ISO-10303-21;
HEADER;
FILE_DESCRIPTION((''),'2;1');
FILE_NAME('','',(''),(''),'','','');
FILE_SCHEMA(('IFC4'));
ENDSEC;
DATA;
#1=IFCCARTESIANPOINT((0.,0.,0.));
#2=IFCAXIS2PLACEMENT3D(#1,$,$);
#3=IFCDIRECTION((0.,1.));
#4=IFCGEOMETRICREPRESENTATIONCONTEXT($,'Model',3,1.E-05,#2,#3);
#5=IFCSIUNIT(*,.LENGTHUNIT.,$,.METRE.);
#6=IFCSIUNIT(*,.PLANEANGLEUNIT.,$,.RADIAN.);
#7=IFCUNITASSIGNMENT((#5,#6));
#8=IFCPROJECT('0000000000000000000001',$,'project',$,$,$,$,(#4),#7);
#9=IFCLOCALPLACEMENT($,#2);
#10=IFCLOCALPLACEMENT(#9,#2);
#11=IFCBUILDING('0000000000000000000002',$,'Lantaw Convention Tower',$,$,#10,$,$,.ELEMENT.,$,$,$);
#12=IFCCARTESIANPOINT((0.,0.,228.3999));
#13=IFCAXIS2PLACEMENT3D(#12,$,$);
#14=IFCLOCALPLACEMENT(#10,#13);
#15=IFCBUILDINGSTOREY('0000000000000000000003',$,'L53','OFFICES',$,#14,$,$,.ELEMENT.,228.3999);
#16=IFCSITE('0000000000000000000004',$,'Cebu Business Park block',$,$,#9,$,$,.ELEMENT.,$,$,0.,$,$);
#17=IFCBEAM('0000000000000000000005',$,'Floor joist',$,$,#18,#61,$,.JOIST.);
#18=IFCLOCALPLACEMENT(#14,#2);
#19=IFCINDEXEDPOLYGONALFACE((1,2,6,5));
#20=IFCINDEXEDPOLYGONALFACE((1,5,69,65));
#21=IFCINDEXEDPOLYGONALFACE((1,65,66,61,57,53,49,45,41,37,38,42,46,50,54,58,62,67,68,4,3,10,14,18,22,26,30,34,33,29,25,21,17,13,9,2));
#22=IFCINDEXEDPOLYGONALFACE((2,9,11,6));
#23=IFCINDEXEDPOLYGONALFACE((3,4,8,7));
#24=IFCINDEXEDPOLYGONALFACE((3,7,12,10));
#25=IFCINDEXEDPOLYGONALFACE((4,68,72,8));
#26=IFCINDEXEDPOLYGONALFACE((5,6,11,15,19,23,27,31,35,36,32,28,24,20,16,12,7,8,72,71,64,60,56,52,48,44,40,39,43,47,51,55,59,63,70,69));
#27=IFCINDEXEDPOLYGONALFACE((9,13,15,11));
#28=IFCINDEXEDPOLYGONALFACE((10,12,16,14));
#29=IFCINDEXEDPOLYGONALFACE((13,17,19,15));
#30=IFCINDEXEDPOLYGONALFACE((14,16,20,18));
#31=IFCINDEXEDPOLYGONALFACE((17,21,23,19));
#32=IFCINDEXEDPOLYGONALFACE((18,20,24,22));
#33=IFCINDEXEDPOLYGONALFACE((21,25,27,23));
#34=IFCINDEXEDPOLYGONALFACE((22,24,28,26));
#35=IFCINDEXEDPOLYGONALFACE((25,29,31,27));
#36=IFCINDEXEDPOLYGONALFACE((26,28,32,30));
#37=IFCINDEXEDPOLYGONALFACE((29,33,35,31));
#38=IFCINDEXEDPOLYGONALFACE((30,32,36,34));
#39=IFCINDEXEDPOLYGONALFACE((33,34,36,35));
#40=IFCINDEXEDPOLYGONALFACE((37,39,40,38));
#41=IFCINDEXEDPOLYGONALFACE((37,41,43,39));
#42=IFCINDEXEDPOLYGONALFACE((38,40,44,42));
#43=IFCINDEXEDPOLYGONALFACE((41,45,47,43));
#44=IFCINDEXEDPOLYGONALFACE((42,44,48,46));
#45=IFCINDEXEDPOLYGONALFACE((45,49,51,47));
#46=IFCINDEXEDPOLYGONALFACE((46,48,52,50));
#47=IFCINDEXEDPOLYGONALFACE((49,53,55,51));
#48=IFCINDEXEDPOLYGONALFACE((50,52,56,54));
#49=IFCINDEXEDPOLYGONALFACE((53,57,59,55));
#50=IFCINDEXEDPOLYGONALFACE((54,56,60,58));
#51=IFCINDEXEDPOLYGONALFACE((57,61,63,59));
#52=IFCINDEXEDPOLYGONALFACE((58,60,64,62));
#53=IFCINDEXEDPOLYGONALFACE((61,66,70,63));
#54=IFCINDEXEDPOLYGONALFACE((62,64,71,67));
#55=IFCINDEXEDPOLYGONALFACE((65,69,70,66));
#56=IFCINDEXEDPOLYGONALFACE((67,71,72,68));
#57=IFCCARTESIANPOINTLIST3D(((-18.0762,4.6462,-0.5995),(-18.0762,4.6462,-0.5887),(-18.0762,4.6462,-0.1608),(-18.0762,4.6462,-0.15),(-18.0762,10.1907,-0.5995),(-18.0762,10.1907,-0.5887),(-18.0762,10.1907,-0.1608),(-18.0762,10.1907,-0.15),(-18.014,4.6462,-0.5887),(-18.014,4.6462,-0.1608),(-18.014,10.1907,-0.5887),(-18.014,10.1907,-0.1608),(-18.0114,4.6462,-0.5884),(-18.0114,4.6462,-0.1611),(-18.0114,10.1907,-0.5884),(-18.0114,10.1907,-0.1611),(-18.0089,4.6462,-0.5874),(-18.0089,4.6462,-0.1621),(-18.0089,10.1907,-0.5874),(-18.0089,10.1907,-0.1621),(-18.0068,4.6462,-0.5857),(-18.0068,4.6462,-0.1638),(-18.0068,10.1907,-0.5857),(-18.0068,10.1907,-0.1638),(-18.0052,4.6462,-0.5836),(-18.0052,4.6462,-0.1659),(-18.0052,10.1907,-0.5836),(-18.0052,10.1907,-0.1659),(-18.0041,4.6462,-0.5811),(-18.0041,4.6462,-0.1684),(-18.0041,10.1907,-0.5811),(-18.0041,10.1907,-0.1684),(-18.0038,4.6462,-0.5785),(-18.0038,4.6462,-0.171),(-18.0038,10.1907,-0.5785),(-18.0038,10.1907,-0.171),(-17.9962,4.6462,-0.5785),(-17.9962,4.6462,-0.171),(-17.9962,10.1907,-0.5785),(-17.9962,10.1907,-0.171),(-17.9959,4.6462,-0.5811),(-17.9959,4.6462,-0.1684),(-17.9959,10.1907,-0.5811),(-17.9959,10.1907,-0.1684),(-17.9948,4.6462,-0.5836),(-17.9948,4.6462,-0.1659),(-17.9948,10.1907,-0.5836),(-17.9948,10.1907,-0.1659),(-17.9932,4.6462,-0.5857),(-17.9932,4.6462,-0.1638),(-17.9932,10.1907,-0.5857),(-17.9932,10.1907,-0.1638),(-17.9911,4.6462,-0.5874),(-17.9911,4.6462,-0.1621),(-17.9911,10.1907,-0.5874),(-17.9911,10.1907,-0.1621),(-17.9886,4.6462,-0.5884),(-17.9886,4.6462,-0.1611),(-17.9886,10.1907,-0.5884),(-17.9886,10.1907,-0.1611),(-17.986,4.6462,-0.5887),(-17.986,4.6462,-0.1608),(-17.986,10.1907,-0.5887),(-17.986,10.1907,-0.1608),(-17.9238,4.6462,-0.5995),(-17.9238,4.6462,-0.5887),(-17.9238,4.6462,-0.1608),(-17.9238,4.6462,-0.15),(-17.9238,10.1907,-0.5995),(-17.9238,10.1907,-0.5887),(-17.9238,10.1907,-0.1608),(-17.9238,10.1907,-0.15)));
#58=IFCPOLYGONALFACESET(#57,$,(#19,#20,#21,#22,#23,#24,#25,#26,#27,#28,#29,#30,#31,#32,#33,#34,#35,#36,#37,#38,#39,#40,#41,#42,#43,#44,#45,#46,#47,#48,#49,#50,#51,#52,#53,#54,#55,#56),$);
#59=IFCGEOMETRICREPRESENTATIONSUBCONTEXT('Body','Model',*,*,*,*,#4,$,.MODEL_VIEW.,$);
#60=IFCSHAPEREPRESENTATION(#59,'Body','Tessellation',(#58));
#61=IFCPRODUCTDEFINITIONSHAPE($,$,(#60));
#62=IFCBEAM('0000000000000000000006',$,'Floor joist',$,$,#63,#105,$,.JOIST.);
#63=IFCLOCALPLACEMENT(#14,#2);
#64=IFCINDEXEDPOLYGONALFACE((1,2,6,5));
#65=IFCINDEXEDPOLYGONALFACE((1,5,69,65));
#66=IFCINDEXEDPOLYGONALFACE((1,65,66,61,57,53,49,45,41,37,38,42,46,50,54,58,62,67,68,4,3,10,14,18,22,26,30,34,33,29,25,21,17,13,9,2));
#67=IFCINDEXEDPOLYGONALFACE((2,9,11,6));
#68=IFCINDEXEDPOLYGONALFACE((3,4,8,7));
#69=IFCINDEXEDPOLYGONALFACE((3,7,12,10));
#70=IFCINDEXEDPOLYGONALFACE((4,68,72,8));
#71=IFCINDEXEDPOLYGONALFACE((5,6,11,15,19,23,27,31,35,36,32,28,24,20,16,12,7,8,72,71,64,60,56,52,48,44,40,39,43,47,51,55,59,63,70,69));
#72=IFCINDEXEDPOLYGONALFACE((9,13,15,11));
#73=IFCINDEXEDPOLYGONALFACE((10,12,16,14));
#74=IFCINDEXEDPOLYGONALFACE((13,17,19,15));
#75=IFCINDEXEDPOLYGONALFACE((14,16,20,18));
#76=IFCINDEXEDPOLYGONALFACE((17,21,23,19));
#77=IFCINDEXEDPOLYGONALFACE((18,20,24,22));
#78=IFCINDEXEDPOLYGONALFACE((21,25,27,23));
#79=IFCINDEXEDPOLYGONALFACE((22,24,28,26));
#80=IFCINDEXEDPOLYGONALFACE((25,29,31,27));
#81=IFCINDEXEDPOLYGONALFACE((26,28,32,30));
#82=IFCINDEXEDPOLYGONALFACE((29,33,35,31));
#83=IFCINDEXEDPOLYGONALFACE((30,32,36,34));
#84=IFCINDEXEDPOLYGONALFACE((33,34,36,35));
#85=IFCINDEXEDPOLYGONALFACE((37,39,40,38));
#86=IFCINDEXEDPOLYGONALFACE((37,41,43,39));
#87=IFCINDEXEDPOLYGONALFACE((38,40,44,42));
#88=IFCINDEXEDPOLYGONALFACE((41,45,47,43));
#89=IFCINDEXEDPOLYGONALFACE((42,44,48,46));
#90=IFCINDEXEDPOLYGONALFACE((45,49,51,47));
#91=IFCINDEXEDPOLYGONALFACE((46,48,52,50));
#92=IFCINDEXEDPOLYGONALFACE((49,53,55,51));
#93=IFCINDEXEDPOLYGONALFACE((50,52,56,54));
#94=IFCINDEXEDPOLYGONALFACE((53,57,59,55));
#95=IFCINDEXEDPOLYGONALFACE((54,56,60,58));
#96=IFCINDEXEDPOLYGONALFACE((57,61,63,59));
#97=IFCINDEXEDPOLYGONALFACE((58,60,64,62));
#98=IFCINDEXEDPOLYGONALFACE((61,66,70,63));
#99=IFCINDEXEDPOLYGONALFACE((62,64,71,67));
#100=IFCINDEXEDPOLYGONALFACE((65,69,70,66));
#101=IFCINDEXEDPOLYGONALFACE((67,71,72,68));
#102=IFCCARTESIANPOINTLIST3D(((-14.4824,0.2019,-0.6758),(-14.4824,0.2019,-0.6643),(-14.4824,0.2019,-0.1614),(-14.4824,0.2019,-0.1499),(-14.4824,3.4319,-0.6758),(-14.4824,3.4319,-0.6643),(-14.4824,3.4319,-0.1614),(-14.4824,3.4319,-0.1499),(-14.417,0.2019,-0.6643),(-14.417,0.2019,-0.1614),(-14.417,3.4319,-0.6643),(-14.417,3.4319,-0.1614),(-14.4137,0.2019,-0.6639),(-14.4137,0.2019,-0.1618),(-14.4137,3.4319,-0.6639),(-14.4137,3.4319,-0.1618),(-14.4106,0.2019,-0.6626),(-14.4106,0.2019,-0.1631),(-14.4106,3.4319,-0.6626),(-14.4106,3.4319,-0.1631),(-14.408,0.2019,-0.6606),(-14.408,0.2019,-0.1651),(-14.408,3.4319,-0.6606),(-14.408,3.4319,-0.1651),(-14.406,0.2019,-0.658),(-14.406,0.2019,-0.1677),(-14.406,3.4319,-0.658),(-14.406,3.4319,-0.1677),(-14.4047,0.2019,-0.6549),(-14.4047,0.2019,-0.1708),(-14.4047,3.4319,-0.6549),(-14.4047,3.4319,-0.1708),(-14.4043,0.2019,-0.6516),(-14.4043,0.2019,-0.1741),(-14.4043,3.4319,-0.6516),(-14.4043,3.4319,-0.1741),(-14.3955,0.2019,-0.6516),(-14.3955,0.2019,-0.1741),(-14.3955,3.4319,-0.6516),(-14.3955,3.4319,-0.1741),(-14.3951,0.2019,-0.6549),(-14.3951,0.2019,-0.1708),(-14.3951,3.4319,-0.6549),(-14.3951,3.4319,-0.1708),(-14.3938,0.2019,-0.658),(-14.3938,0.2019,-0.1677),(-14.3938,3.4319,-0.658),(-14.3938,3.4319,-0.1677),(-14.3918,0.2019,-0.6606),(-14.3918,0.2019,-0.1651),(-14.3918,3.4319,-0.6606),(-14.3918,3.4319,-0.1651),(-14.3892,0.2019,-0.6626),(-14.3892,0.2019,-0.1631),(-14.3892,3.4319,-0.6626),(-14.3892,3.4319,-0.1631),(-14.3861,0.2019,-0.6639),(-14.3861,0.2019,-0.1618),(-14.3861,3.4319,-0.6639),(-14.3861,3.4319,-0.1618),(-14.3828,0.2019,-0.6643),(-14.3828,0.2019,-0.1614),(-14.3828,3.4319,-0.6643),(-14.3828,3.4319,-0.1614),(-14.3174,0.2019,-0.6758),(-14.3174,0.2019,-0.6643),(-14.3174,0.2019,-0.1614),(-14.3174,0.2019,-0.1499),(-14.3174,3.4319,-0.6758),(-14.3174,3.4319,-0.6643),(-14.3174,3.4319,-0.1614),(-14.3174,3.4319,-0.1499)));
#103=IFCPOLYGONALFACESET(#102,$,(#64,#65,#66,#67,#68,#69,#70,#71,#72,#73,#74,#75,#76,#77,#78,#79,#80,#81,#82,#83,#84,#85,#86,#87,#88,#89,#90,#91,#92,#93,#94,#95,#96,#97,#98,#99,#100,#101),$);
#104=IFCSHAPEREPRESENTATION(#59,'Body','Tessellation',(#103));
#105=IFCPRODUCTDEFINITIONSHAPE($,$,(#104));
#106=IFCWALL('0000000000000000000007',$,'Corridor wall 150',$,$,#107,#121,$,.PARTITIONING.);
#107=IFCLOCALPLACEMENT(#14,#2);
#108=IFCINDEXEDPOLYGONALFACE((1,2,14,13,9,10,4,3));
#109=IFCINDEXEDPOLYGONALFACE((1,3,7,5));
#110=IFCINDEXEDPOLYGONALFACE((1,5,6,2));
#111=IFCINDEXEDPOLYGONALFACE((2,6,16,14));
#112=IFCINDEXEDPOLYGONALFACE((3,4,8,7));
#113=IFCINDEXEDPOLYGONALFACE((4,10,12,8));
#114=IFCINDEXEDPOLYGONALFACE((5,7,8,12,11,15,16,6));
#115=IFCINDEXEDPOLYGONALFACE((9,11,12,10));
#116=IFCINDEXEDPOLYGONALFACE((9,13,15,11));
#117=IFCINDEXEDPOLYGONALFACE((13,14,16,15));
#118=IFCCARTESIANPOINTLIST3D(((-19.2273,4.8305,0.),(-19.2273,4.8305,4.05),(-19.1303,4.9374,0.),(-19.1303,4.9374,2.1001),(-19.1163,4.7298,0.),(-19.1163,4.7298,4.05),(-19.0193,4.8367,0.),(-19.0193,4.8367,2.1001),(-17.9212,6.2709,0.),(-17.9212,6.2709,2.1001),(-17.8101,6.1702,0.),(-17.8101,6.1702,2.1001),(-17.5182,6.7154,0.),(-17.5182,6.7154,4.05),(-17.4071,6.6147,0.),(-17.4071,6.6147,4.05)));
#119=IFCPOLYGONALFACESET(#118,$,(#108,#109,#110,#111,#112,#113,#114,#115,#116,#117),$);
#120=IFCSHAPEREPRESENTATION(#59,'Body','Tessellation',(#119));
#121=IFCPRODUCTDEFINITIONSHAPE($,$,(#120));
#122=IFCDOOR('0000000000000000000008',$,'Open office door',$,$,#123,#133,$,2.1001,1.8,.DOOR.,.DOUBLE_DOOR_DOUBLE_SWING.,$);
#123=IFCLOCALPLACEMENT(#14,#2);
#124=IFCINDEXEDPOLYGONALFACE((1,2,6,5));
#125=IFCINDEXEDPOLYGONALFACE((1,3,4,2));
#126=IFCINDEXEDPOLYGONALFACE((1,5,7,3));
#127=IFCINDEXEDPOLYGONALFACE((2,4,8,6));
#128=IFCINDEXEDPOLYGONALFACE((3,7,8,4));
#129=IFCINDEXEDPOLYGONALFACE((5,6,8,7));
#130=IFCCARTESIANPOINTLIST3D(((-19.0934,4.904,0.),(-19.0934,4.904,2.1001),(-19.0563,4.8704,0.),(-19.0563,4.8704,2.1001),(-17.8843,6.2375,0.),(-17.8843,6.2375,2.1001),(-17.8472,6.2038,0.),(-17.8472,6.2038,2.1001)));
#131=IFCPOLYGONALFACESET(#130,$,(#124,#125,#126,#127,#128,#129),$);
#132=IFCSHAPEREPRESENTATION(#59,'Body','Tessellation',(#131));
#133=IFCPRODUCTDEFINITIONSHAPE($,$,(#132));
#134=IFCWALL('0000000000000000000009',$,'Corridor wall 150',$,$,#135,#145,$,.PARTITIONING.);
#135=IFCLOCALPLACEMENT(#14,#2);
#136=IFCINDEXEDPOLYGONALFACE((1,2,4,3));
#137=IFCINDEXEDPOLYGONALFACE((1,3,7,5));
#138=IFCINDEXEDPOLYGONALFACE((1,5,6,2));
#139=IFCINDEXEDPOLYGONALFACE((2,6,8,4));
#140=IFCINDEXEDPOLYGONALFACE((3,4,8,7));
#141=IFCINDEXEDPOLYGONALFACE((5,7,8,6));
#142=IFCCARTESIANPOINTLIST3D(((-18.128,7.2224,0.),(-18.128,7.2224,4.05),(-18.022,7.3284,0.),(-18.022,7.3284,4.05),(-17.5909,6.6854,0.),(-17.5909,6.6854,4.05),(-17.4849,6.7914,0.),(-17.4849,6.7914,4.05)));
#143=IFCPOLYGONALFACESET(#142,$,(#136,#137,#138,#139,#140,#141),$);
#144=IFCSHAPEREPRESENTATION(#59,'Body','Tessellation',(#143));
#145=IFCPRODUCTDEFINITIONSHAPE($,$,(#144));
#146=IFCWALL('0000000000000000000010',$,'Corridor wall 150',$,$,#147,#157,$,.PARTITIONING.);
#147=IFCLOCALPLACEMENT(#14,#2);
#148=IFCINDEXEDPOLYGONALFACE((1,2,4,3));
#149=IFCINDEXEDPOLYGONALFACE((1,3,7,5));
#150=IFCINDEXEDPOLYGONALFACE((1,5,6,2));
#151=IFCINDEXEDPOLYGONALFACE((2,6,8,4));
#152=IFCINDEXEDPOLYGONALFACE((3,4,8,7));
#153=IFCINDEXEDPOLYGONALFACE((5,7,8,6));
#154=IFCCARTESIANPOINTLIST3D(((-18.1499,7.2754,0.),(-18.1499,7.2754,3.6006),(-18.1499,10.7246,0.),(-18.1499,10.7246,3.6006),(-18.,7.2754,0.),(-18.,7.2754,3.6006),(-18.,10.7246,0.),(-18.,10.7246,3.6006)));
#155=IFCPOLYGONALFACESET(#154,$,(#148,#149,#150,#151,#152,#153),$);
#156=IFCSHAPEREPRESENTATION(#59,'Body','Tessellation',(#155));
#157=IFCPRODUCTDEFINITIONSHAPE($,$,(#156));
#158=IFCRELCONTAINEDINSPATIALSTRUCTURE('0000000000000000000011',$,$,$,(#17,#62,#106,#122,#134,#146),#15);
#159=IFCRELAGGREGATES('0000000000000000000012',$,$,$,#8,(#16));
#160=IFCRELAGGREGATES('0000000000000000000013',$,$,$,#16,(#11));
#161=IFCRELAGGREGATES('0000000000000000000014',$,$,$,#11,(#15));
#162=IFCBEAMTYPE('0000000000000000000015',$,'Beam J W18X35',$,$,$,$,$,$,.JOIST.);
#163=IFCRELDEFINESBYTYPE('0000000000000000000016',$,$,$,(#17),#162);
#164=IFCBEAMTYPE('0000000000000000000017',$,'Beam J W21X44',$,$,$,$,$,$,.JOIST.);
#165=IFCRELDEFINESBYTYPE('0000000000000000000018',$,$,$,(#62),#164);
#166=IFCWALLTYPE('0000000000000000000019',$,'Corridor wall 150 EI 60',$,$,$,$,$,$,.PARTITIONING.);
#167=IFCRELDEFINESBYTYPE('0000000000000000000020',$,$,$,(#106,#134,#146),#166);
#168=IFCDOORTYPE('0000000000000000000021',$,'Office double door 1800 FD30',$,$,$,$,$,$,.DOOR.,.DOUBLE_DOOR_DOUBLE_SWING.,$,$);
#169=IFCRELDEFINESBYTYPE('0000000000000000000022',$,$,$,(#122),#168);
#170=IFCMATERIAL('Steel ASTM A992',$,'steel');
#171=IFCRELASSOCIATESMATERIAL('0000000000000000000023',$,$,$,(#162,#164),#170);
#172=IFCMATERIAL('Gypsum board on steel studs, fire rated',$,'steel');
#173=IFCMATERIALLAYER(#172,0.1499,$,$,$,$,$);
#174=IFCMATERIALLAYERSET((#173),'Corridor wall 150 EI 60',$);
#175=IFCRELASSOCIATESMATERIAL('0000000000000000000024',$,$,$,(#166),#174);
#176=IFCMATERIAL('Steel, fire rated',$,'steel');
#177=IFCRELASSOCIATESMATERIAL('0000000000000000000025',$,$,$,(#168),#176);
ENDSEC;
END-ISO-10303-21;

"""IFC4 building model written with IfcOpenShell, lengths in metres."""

from ifc_helpers import new_model, si_unit, direction, frame, frame_2d, origin, origin_2d, place, context, subcontext, project, spatial, rectangle, i_section, extrude, material, layer, layer_set, material_profile, profile_set, type_object, element, fill, save


model = new_model("IFC4")

# Units and contexts
model_context = context("Model", 3, precision=1e-05, world=origin(), true_north=direction((0.0, 1.0)))
body_context = subcontext(model_context, "Body", "Model", "MODEL_VIEW")
ifc_project = project(units=[si_unit("LENGTHUNIT", "METRE"), si_unit("PLANEANGLEUNIT", "RADIAN")], contexts=[model_context])

# Site, building, storey
site_placement = place(None, origin())
site = spatial("IfcSite", under=ifc_project, at=site_placement, Name="Cebu Business Park block", CompositionType="ELEMENT", RefElevation=0.0)
building_placement = place(site_placement, origin())
building = spatial("IfcBuilding", under=site, at=building_placement, Name="Lantaw Convention Tower", CompositionType="ELEMENT")
storey_placement = place(building_placement, frame((0.0, 0.0, 228.3999)))
storey = spatial("IfcBuildingStorey", under=building, at=storey_placement, Name="L53", Description="OFFICES", CompositionType="ELEMENT", Elevation=228.3999)

# Beams
ifc_material_1 = material(Name="Steel ASTM A992", Category="steel")
ifc_material_profile_1 = material_profile(ifc_material_1, i_section(OverallWidth=0.1523, OverallDepth=0.4495, WebThickness=0.0076, FlangeThickness=0.0107, FilletRadius=0.0103, at=origin_2d()), Name="W18X35")
ifc_profile_set_1 = profile_set([ifc_material_profile_1], Name="Steel ASTM A992")
beam_type_1 = type_object("IfcBeamType", Name="Beam J W18X35", PredefinedType="JOIST", material=ifc_profile_set_1)
beam_1_placement = place(storey_placement, frame((-18.0, 4.6462, -0.3748), z_axis=(0.0, 1.0, 0.0), x_axis=(-1.0, 0.0, 0.0)))
element("IfcBeam", 1, at=beam_1_placement, inside=storey, type_object=beam_type_1, Name="Floor joist", PredefinedType="JOIST", context=body_context, shape_type="SweptSolid", body=[
    extrude(i_section(OverallWidth=0.1523, OverallDepth=0.4495, WebThickness=0.0076, FlangeThickness=0.0107, FilletRadius=0.0103, at=origin_2d()), origin(), (0.0, 0.0, 1.0), 5.5444),
])
ifc_material_profile_2 = material_profile(ifc_material_1, i_section(OverallWidth=0.165, OverallDepth=0.5259, WebThickness=0.0088, FlangeThickness=0.0115, FilletRadius=0.0127, at=origin_2d()), Name="W21X44")
ifc_profile_set_2 = profile_set([ifc_material_profile_2], Name="Steel ASTM A992")
beam_type_2 = type_object("IfcBeamType", Name="Beam J W21X44", PredefinedType="JOIST", material=ifc_profile_set_2)
beam_2_placement = place(storey_placement, frame((-14.3999, 0.2019, -0.4128), z_axis=(0.0, 1.0, 0.0), x_axis=(-1.0, 0.0, 0.0)))
element("IfcBeam", 2, at=beam_2_placement, inside=storey, type_object=beam_type_2, Name="Floor joist", PredefinedType="JOIST", context=body_context, shape_type="SweptSolid", body=[
    extrude(i_section(OverallWidth=0.165, OverallDepth=0.5259, WebThickness=0.0088, FlangeThickness=0.0115, FilletRadius=0.0127, at=origin_2d()), origin(), (0.0, 0.0, 1.0), 3.23),
])

# Wall, opening, door
ifc_material_2 = material(Name="Gypsum board on steel studs, fire rated", Category="steel")
ifc_layer_1 = layer(ifc_material_2, 0.1499)
ifc_layer_set_1 = layer_set([ifc_layer_1], Name="Corridor wall 150 EI 60")
wall_type_1 = type_object("IfcWallType", Name="Corridor wall 150 EI 60", PredefinedType="PARTITIONING", material=ifc_layer_set_1)
wall_1_placement = place(storey_placement, frame((-17.4626, 6.665, 0.0), z_axis=(0.0, 0.0, 1.0), x_axis=(-0.671722, -0.740803, 0.0)))
wall_1 = element("IfcWall", 3, at=wall_1_placement, inside=storey, type_object=wall_type_1, Name="Corridor wall 150", PredefinedType="PARTITIONING", context=body_context, shape_type="SweptSolid", body=[
    extrude(rectangle(XDim=2.5444, YDim=0.1499, at=frame_2d((1.2722, 0.0))), origin(), (0.0, 0.0, 1.0), 4.05),
])
opening_1_placement = place(wall_1_placement, frame((0.6001, 0.0, 0.0)))
opening_1 = element("IfcOpeningElement", 4, at=opening_1_placement, cuts=wall_1, PredefinedType="OPENING", context=body_context, shape_type="SweptSolid", body=[
    extrude(rectangle(XDim=1.8, YDim=2.1001, at=frame_2d((0.8999, 1.05))), frame((0.0, 0.085, 0.0), z_axis=(0.0, -1.0, 0.0), x_axis=(1.0, 0.0, 0.0)), (0.0, 0.0, 1.0), 0.1699),
])
ifc_material_3 = material(Name="Steel, fire rated", Category="steel")
door_type_1 = type_object("IfcDoorType", Name="Office double door 1800 FD30", OperationType="DOUBLE_DOOR_DOUBLE_SWING", PredefinedType="DOOR", material=ifc_material_3)
door_1_placement = place(opening_1_placement, origin())
door_1 = element("IfcDoor", 5, at=door_1_placement, inside=storey, type_object=door_type_1, Name="Open office door", OperationType="DOUBLE_DOOR_DOUBLE_SWING", OverallHeight=2.1001, OverallWidth=1.8, PredefinedType="DOOR", context=body_context, shape_type="SweptSolid", body=[
    extrude(rectangle(XDim=1.8, YDim=2.1001, at=frame_2d((0.8999, 1.05))), frame((0.0, 0.0249, 0.0), z_axis=(0.0, -1.0, 0.0), x_axis=(1.0, 0.0, 0.0)), (0.0, 0.0, 1.0), 0.05),
])
fill(opening_1, door_1)

# Walls
wall_2_placement = place(storey_placement, frame((-17.5378, 6.7383, 0.0), z_axis=(0.0, 0.0, 1.0), x_axis=(-0.707107, 0.707107, 0.0)))
element("IfcWall", 6, at=wall_2_placement, inside=storey, type_object=wall_type_1, Name="Corridor wall 150", PredefinedType="PARTITIONING", context=body_context, shape_type="SweptSolid", body=[
    extrude(rectangle(XDim=0.7595, YDim=0.1499, at=frame_2d((0.3799, 0.0))), origin(), (0.0, 0.0, 1.0), 4.05),
])
wall_3_placement = place(storey_placement, frame((-18.075, 7.2754, 0.0), z_axis=(0.0, 0.0, 1.0), x_axis=(0.0, 1.0, 0.0)))
element("IfcWall", 7, at=wall_3_placement, inside=storey, type_object=wall_type_1, Name="Corridor wall 150", PredefinedType="PARTITIONING", context=body_context, shape_type="SweptSolid", body=[
    extrude(rectangle(XDim=3.4492, YDim=0.1499, at=frame_2d((1.7246, 0.0))), origin(), (0.0, 0.0, 1.0), 3.6006),
])

save(model, "model.ifc")
